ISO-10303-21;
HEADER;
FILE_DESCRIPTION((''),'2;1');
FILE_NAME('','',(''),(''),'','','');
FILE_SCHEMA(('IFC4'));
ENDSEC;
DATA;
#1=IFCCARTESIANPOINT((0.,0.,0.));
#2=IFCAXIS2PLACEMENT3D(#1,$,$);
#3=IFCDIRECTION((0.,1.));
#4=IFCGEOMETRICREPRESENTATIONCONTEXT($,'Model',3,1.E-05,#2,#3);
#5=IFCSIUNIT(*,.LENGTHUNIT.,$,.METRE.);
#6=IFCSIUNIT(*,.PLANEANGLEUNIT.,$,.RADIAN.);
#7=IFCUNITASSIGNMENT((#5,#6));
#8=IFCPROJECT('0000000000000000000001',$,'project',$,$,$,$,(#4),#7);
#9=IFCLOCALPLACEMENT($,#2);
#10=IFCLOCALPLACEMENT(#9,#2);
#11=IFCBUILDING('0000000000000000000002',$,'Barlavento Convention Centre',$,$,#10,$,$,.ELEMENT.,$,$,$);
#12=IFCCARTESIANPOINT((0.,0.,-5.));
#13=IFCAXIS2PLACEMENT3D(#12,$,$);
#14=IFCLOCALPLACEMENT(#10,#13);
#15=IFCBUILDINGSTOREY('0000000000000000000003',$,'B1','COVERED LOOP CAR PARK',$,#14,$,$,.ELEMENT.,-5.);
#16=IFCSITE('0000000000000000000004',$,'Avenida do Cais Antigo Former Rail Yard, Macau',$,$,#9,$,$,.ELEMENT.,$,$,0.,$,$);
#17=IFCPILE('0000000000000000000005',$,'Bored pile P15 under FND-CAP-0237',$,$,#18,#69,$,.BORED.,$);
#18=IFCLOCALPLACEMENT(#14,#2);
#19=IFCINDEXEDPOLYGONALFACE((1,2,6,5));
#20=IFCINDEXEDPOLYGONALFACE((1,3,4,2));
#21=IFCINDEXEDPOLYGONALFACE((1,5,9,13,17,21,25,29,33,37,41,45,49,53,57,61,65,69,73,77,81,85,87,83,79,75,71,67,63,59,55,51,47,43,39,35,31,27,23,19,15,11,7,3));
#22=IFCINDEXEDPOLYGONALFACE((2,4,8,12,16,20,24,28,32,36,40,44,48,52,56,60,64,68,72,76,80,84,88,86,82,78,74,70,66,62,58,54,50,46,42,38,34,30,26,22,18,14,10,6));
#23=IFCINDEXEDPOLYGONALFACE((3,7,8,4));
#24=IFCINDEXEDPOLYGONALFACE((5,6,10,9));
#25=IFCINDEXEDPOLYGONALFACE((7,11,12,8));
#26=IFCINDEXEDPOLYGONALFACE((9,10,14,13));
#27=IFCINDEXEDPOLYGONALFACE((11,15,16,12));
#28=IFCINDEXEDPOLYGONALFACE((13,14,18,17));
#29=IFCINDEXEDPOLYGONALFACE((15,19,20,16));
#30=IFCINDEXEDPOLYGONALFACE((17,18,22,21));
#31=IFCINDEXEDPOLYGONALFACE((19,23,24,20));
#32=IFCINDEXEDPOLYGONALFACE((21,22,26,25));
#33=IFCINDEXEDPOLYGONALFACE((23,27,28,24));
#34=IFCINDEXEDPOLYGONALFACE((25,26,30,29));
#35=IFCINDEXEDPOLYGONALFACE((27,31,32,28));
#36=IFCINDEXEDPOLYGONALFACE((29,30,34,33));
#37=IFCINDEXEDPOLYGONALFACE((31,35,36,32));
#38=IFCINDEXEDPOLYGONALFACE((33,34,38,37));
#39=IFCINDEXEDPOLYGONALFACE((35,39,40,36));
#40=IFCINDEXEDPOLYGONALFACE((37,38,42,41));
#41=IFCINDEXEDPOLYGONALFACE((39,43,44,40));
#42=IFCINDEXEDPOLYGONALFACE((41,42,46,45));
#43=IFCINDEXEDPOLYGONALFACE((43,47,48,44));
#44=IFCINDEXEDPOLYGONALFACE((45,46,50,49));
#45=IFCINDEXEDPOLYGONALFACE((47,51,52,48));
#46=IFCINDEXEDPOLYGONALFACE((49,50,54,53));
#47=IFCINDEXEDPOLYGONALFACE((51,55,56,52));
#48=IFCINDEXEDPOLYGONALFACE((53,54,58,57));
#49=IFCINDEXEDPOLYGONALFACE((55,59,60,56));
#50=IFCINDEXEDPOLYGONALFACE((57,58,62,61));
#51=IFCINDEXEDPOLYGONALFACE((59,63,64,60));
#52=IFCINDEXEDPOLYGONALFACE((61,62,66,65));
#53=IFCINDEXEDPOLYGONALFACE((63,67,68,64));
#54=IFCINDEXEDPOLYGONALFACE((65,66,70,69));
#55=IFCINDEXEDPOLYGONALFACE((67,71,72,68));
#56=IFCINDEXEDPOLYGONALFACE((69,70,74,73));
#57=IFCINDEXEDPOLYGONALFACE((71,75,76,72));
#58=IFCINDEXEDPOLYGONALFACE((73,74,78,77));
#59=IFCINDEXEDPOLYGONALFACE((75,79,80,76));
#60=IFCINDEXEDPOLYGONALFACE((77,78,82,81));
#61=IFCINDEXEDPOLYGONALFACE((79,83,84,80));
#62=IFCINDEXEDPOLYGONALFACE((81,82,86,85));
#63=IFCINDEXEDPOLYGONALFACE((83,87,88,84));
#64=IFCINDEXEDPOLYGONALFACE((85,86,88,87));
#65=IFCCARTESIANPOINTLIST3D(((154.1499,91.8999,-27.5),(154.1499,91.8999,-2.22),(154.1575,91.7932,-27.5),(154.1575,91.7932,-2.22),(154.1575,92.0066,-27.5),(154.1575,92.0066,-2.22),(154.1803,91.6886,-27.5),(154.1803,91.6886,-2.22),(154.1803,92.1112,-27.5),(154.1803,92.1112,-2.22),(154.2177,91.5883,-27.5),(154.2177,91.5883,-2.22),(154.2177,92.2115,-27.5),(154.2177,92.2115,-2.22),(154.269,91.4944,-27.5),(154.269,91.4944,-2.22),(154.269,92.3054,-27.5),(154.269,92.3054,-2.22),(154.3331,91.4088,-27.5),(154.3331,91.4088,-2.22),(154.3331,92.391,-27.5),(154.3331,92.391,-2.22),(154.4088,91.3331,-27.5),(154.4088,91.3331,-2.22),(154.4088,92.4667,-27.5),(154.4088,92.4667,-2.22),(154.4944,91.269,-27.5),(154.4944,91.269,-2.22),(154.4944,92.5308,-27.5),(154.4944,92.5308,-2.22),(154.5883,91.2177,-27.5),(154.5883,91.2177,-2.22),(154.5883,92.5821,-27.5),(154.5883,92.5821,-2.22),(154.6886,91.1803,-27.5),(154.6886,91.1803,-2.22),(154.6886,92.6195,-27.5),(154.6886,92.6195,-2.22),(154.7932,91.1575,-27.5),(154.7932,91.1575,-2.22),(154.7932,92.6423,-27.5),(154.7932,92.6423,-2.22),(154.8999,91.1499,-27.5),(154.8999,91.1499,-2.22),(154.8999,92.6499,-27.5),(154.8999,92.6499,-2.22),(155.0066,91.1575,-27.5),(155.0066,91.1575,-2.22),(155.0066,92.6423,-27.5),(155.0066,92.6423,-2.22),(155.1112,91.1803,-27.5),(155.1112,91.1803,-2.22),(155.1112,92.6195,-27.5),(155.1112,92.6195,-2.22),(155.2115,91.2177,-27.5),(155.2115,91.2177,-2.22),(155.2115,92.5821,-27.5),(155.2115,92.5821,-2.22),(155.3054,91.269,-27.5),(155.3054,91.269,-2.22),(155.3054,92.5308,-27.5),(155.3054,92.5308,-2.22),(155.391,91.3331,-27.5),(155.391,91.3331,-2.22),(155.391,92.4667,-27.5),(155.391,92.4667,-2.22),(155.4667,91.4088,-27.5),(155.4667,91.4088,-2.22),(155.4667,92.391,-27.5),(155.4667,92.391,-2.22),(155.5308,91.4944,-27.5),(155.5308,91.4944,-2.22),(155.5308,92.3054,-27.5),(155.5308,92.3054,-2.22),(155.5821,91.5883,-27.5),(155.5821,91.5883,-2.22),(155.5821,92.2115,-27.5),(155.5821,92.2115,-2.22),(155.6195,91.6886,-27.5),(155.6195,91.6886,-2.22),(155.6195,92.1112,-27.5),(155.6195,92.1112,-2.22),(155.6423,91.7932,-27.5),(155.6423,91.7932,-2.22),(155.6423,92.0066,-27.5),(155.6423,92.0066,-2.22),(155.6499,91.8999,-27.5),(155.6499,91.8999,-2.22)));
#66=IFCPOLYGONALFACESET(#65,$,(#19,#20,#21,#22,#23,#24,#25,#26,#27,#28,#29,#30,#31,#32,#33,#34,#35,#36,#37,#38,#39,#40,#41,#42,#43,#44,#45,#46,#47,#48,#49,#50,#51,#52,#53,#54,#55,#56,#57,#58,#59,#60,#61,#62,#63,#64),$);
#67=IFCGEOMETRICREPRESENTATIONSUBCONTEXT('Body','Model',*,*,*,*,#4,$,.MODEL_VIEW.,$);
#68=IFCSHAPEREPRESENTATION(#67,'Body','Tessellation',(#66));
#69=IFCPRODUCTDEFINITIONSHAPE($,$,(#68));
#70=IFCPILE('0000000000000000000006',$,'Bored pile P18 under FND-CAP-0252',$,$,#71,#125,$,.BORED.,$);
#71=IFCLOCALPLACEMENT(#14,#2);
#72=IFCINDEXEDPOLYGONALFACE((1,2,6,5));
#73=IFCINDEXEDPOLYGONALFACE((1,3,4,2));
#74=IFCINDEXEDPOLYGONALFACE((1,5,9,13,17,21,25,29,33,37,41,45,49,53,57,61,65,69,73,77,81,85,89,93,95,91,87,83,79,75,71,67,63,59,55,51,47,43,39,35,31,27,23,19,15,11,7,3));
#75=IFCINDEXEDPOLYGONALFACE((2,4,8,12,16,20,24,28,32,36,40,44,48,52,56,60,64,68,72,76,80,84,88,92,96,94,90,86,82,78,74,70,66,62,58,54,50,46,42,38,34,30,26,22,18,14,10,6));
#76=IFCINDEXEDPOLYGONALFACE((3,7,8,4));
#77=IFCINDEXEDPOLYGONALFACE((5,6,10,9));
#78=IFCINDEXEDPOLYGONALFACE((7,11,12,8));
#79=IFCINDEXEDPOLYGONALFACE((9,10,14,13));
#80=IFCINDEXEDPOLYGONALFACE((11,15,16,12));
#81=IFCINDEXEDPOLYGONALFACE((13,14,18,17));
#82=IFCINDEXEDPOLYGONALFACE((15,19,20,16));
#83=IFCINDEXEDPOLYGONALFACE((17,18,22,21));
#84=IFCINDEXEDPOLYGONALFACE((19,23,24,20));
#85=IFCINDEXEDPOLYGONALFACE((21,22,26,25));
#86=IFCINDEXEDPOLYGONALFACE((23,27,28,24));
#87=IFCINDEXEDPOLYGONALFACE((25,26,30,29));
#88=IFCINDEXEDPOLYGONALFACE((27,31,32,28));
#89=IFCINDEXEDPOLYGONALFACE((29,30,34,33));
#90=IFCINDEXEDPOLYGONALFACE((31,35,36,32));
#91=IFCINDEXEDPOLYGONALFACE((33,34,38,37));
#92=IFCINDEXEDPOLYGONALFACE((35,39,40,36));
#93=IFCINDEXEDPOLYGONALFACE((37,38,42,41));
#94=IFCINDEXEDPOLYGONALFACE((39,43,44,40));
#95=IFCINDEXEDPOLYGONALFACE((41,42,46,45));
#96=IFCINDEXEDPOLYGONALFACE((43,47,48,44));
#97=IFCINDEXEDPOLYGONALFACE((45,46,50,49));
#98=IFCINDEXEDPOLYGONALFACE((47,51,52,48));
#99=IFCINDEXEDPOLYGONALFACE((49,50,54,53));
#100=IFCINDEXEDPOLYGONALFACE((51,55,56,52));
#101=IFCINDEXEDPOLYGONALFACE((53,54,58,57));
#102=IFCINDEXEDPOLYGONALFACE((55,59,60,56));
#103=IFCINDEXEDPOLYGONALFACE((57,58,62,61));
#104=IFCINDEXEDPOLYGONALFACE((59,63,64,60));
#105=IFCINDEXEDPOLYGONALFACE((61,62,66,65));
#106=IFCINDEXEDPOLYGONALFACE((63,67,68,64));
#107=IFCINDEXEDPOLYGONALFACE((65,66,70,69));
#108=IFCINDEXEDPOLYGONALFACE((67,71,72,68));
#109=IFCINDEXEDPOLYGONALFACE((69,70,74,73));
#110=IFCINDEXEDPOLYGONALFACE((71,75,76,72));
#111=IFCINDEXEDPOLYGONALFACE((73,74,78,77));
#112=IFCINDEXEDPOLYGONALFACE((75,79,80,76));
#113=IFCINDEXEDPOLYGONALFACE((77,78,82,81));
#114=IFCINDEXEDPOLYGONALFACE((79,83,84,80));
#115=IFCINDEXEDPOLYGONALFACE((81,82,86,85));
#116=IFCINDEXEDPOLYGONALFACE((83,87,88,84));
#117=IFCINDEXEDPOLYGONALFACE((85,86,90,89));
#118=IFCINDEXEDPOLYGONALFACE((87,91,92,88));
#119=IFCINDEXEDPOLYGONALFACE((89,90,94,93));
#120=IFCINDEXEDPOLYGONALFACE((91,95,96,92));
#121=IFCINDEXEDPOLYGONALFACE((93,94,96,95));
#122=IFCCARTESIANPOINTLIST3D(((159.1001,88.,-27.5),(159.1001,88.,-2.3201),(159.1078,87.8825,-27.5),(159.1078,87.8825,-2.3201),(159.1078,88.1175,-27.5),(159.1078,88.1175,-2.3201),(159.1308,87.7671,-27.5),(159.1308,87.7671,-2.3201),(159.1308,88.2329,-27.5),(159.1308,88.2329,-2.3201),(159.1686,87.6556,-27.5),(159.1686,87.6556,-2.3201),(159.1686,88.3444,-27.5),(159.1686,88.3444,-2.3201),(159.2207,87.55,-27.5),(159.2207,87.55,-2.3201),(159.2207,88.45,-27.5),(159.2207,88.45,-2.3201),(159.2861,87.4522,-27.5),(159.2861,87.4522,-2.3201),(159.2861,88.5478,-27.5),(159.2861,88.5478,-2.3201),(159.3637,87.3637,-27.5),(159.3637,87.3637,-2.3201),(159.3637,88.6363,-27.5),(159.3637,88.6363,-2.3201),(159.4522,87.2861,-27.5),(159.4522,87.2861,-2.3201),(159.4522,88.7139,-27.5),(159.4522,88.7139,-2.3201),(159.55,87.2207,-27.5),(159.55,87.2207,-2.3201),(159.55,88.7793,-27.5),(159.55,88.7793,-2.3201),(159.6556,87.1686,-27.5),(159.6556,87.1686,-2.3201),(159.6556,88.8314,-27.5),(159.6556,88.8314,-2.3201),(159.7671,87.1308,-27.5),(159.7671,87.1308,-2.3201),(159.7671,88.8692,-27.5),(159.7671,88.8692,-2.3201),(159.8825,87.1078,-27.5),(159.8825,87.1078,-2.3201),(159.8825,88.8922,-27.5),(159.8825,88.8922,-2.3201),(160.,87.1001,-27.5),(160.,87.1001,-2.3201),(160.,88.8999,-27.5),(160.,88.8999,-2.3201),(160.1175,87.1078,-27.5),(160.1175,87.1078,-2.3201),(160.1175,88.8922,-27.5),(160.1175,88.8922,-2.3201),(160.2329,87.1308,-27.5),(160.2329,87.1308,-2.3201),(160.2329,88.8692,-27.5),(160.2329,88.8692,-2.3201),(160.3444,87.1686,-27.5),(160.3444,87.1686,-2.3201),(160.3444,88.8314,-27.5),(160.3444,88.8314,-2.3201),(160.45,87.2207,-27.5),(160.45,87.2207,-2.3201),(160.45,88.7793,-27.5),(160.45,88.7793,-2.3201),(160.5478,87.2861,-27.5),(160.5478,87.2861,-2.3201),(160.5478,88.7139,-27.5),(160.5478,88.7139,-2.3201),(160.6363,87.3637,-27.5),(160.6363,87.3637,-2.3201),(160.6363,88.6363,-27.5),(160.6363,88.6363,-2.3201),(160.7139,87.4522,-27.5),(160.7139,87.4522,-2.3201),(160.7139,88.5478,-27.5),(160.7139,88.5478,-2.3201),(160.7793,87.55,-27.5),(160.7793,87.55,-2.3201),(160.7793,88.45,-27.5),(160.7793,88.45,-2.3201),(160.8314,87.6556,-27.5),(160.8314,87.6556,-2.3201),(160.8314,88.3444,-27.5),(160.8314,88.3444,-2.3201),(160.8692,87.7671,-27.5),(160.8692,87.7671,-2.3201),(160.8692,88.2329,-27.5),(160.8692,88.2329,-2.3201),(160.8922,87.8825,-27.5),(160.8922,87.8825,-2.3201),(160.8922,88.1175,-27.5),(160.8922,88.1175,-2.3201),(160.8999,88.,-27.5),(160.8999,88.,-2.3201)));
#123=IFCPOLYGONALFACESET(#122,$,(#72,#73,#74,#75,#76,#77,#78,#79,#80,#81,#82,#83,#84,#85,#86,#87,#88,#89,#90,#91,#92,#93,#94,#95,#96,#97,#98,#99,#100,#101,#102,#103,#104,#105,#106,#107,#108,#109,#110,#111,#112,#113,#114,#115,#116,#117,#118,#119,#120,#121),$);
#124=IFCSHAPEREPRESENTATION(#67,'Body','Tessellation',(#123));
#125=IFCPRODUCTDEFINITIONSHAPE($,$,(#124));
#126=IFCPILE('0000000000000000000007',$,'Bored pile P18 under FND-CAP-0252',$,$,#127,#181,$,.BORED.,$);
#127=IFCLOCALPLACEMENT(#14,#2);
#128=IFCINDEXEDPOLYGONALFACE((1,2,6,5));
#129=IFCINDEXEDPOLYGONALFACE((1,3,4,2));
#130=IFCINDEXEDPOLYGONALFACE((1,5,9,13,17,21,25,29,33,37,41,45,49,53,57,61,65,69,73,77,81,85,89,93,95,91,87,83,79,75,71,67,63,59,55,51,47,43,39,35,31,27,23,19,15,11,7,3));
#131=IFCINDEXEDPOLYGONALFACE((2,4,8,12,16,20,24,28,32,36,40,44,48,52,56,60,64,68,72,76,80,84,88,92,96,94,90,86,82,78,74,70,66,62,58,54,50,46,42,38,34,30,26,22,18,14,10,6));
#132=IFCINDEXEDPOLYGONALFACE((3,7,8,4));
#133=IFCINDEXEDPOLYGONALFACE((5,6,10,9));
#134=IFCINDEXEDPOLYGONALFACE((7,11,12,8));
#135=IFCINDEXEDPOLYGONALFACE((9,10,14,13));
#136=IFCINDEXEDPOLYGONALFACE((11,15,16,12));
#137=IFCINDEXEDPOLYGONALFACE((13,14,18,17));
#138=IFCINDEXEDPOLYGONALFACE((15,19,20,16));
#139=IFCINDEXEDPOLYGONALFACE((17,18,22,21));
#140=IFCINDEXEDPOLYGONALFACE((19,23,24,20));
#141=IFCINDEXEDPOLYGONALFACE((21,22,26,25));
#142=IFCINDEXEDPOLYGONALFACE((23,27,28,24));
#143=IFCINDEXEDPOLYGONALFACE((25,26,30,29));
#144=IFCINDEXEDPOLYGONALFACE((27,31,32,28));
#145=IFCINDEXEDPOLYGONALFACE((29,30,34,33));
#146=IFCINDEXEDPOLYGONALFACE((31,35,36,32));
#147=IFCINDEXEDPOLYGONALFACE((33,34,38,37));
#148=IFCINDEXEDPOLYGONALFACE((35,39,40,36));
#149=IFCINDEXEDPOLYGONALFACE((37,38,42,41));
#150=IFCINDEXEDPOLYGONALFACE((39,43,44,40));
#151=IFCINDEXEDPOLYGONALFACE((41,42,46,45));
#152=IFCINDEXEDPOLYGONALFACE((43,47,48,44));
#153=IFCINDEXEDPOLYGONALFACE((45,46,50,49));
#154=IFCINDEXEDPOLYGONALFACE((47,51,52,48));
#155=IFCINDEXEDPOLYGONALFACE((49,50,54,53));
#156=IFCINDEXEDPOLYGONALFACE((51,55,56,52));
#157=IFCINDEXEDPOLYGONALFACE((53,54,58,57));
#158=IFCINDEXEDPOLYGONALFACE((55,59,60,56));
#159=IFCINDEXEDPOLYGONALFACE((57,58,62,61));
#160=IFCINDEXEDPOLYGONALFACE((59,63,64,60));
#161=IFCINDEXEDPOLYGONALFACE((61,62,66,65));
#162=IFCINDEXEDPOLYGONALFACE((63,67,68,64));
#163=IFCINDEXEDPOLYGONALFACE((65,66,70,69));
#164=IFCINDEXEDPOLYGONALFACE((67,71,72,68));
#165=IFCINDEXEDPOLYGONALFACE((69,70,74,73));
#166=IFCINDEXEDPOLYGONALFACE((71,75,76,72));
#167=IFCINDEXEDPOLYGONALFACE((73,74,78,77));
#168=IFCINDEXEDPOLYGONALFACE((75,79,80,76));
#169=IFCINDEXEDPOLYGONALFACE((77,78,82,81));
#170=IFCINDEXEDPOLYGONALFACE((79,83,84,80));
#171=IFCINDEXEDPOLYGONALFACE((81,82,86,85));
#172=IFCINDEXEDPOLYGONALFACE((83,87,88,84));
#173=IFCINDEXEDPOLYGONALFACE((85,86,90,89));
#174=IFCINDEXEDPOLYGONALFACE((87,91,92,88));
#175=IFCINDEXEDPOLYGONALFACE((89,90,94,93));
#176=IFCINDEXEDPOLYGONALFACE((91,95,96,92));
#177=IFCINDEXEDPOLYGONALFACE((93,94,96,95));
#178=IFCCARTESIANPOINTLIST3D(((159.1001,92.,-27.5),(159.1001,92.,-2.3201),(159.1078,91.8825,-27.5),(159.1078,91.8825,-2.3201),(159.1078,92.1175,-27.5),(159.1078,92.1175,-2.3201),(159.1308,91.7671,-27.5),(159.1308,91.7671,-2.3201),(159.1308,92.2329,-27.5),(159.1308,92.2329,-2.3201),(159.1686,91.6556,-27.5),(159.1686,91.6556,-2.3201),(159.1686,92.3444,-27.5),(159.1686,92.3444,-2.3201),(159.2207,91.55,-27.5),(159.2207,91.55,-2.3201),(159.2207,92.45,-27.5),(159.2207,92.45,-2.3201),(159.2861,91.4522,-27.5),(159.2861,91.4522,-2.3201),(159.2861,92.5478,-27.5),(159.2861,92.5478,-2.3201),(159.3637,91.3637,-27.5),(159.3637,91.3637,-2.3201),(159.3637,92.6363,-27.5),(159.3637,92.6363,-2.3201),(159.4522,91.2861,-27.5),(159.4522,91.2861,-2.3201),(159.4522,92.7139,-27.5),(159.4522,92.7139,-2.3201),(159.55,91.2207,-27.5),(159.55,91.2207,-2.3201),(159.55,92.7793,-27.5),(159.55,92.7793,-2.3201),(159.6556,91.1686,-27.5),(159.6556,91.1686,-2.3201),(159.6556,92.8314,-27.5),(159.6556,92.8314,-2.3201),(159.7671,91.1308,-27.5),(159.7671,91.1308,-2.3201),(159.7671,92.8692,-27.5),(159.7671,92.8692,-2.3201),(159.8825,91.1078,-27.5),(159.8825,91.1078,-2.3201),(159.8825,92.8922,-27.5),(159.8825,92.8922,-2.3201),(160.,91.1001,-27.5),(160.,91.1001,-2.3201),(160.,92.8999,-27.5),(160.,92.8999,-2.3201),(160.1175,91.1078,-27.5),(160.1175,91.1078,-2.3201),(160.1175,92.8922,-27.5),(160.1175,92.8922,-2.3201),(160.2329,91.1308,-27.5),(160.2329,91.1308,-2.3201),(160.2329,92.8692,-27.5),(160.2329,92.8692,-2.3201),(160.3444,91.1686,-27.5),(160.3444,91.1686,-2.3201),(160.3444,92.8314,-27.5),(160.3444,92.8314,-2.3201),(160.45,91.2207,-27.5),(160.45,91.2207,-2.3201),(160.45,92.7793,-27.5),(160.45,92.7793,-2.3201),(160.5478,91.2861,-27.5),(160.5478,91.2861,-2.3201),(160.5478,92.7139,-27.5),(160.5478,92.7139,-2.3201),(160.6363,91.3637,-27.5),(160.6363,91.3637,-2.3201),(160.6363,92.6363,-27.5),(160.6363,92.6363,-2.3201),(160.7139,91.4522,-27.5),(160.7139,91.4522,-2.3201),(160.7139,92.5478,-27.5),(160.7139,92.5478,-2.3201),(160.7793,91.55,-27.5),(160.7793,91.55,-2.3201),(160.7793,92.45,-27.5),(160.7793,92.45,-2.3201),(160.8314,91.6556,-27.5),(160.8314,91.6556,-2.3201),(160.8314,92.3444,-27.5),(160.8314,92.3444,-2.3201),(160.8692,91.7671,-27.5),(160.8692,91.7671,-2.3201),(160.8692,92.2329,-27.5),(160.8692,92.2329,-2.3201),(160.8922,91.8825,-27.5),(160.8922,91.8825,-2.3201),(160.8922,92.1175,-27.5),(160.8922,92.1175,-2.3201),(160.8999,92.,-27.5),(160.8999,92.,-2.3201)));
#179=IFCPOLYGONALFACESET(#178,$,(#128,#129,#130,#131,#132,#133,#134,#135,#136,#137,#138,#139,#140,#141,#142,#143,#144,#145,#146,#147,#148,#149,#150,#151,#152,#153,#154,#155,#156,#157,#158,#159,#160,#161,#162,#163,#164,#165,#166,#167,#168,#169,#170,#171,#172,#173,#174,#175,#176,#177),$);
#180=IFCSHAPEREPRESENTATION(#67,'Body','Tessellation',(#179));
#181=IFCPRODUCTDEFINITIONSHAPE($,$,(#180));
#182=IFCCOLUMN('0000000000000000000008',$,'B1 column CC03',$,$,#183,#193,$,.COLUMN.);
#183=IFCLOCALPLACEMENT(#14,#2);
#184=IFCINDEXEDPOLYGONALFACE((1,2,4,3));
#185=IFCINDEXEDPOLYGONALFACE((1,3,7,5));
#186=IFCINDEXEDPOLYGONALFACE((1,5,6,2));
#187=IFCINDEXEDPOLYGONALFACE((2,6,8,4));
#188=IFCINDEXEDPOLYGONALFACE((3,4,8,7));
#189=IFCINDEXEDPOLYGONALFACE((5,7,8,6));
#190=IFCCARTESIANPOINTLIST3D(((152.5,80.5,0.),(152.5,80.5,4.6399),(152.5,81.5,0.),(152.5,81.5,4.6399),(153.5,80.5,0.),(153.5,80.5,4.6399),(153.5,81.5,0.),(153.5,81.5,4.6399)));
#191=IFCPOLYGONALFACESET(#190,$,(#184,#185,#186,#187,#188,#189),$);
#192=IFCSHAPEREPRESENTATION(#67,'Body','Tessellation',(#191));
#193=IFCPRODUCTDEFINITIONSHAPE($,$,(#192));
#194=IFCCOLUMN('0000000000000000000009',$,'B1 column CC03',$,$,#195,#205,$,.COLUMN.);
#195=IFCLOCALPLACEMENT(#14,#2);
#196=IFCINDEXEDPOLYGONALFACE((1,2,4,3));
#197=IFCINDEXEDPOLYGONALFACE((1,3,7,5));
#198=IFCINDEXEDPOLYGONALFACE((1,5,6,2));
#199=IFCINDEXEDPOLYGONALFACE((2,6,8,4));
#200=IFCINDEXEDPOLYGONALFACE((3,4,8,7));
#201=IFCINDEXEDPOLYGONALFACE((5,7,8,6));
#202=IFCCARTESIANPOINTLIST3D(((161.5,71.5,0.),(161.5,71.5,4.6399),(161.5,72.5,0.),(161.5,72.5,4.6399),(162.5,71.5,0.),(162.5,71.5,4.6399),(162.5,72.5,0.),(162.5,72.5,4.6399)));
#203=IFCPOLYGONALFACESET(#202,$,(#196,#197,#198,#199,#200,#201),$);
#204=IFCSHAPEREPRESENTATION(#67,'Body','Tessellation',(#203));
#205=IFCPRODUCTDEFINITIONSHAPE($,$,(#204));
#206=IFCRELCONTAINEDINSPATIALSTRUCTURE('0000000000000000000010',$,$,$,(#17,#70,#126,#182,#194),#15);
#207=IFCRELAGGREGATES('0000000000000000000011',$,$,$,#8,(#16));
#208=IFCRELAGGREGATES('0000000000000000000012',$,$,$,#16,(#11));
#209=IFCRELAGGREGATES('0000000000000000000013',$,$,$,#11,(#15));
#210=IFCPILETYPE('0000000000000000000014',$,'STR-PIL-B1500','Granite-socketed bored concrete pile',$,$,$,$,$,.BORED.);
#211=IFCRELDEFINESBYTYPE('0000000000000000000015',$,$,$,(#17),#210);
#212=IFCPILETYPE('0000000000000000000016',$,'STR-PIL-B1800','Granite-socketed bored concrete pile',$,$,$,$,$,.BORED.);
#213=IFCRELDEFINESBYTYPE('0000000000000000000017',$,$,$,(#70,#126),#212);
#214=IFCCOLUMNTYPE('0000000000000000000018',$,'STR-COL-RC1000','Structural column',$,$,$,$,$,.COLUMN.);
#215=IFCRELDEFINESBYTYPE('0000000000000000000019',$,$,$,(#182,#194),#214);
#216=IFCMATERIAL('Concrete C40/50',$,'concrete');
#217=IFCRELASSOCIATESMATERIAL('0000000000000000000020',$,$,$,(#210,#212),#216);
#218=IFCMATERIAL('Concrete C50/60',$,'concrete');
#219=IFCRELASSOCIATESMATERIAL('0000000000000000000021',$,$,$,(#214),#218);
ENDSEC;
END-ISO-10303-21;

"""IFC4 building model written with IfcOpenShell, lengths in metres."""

from ifc_helpers import new_model, si_unit, direction, frame, origin, origin_2d, place, context, subcontext, project, spatial, rectangle, circle, extrude, material, material_profile, profile_set, type_object, element, save


model = new_model("IFC4")

# Units and contexts
model_context = context("Model", 3, precision=1e-05, world=origin(), true_north=direction((0.0, 1.0)))
body_context = subcontext(model_context, "Body", "Model", "MODEL_VIEW")
ifc_project = project(units=[si_unit("LENGTHUNIT", "METRE"), si_unit("PLANEANGLEUNIT", "RADIAN")], contexts=[model_context])

# Site, building, storey
site_placement = place(None, origin())
site = spatial("IfcSite", under=ifc_project, at=site_placement, Name="Avenida do Cais Antigo Former Rail Yard, Macau", CompositionType="ELEMENT", RefElevation=0.0)
building_placement = place(site_placement, origin())
building = spatial("IfcBuilding", under=site, at=building_placement, Name="Barlavento Convention Centre", CompositionType="ELEMENT")
storey_placement = place(building_placement, frame((0.0, 0.0, -5.0)))
storey = spatial("IfcBuildingStorey", under=building, at=storey_placement, Name="B1", Description="COVERED LOOP CAR PARK", CompositionType="ELEMENT", Elevation=-5.0)

# Shared definitions
ifc_material_1 = material(Name="Concrete C40/50", Category="concrete")

# Piles
ifc_material_profile_1 = material_profile(ifc_material_1, circle(Radius=0.75, at=origin_2d()), Name="BORED PILE 1500")
ifc_profile_set_1 = profile_set([ifc_material_profile_1], Name="Concrete C40/50")
pile_type_1 = type_object("IfcPileType", Name="STR-PIL-B1500", Description="Granite-socketed bored concrete pile", PredefinedType="BORED", material=ifc_profile_set_1)
for number, where, z_axis, x_axis, name in (
    (1, (154.8999, 91.8999, -2.22), (0.0, 0.0, -1.0), (1.0, 0.0, 0.0), "Bored pile P15 under FND-CAP-0237"),
):
    element("IfcPile", number, at=place(storey_placement, frame(where, z_axis=z_axis, x_axis=x_axis)), inside=storey, type_object=pile_type_1, Name=name, PredefinedType="BORED", context=body_context, shape_type="SweptSolid", body=[
        extrude(circle(Radius=0.75, at=origin_2d()), origin(), (0.0, 0.0, 1.0), 25.28),
    ])
ifc_material_profile_2 = material_profile(ifc_material_1, circle(Radius=0.8999, at=origin_2d()), Name="BORED PILE 1800")
ifc_profile_set_2 = profile_set([ifc_material_profile_2], Name="Concrete C40/50")
pile_type_2 = type_object("IfcPileType", Name="STR-PIL-B1800", Description="Granite-socketed bored concrete pile", PredefinedType="BORED", material=ifc_profile_set_2)
for number, where, z_axis, x_axis, name in (
    (2, (160.0, 88.0, -2.3201), (0.0, 0.0, -1.0), (1.0, 0.0, 0.0), "Bored pile P18 under FND-CAP-0252"),
    (3, (160.0, 92.0, -2.3201), (0.0, 0.0, -1.0), (1.0, 0.0, 0.0), "Bored pile P18 under FND-CAP-0252"),
):
    element("IfcPile", number, at=place(storey_placement, frame(where, z_axis=z_axis, x_axis=x_axis)), inside=storey, type_object=pile_type_2, Name=name, PredefinedType="BORED", context=body_context, shape_type="SweptSolid", body=[
        extrude(circle(Radius=0.8999, at=origin_2d()), origin(), (0.0, 0.0, 1.0), 25.1799),
    ])

# Columns
ifc_material_2 = material(Name="Concrete C50/60", Category="concrete")
ifc_material_profile_3 = material_profile(ifc_material_2, rectangle(XDim=1.0, YDim=1.0, at=origin_2d()), Name="RC 1000x1000")
ifc_profile_set_3 = profile_set([ifc_material_profile_3], Name="Concrete C50/60")
column_type_1 = type_object("IfcColumnType", Name="STR-COL-RC1000", Description="Structural column", PredefinedType="COLUMN", material=ifc_profile_set_3)
for number, where, z_axis, x_axis, name in (
    (4, (153.0, 81.0, 0.0), (0.0, 0.0, 1.0), (1.0, 0.0, 0.0), "B1 column CC03"),
    (5, (162.0, 72.0, 0.0), (0.0, 0.0, 1.0), (1.0, 0.0, 0.0), "B1 column CC03"),
):
    element("IfcColumn", number, at=place(storey_placement, frame(where, z_axis=z_axis, x_axis=x_axis)), inside=storey, type_object=column_type_1, Name=name, PredefinedType="COLUMN", context=body_context, shape_type="SweptSolid", body=[
        extrude(rectangle(XDim=1.0, YDim=1.0, at=origin_2d()), origin(), (0.0, 0.0, 1.0), 4.6399),
    ])

save(model, "model.ifc")
